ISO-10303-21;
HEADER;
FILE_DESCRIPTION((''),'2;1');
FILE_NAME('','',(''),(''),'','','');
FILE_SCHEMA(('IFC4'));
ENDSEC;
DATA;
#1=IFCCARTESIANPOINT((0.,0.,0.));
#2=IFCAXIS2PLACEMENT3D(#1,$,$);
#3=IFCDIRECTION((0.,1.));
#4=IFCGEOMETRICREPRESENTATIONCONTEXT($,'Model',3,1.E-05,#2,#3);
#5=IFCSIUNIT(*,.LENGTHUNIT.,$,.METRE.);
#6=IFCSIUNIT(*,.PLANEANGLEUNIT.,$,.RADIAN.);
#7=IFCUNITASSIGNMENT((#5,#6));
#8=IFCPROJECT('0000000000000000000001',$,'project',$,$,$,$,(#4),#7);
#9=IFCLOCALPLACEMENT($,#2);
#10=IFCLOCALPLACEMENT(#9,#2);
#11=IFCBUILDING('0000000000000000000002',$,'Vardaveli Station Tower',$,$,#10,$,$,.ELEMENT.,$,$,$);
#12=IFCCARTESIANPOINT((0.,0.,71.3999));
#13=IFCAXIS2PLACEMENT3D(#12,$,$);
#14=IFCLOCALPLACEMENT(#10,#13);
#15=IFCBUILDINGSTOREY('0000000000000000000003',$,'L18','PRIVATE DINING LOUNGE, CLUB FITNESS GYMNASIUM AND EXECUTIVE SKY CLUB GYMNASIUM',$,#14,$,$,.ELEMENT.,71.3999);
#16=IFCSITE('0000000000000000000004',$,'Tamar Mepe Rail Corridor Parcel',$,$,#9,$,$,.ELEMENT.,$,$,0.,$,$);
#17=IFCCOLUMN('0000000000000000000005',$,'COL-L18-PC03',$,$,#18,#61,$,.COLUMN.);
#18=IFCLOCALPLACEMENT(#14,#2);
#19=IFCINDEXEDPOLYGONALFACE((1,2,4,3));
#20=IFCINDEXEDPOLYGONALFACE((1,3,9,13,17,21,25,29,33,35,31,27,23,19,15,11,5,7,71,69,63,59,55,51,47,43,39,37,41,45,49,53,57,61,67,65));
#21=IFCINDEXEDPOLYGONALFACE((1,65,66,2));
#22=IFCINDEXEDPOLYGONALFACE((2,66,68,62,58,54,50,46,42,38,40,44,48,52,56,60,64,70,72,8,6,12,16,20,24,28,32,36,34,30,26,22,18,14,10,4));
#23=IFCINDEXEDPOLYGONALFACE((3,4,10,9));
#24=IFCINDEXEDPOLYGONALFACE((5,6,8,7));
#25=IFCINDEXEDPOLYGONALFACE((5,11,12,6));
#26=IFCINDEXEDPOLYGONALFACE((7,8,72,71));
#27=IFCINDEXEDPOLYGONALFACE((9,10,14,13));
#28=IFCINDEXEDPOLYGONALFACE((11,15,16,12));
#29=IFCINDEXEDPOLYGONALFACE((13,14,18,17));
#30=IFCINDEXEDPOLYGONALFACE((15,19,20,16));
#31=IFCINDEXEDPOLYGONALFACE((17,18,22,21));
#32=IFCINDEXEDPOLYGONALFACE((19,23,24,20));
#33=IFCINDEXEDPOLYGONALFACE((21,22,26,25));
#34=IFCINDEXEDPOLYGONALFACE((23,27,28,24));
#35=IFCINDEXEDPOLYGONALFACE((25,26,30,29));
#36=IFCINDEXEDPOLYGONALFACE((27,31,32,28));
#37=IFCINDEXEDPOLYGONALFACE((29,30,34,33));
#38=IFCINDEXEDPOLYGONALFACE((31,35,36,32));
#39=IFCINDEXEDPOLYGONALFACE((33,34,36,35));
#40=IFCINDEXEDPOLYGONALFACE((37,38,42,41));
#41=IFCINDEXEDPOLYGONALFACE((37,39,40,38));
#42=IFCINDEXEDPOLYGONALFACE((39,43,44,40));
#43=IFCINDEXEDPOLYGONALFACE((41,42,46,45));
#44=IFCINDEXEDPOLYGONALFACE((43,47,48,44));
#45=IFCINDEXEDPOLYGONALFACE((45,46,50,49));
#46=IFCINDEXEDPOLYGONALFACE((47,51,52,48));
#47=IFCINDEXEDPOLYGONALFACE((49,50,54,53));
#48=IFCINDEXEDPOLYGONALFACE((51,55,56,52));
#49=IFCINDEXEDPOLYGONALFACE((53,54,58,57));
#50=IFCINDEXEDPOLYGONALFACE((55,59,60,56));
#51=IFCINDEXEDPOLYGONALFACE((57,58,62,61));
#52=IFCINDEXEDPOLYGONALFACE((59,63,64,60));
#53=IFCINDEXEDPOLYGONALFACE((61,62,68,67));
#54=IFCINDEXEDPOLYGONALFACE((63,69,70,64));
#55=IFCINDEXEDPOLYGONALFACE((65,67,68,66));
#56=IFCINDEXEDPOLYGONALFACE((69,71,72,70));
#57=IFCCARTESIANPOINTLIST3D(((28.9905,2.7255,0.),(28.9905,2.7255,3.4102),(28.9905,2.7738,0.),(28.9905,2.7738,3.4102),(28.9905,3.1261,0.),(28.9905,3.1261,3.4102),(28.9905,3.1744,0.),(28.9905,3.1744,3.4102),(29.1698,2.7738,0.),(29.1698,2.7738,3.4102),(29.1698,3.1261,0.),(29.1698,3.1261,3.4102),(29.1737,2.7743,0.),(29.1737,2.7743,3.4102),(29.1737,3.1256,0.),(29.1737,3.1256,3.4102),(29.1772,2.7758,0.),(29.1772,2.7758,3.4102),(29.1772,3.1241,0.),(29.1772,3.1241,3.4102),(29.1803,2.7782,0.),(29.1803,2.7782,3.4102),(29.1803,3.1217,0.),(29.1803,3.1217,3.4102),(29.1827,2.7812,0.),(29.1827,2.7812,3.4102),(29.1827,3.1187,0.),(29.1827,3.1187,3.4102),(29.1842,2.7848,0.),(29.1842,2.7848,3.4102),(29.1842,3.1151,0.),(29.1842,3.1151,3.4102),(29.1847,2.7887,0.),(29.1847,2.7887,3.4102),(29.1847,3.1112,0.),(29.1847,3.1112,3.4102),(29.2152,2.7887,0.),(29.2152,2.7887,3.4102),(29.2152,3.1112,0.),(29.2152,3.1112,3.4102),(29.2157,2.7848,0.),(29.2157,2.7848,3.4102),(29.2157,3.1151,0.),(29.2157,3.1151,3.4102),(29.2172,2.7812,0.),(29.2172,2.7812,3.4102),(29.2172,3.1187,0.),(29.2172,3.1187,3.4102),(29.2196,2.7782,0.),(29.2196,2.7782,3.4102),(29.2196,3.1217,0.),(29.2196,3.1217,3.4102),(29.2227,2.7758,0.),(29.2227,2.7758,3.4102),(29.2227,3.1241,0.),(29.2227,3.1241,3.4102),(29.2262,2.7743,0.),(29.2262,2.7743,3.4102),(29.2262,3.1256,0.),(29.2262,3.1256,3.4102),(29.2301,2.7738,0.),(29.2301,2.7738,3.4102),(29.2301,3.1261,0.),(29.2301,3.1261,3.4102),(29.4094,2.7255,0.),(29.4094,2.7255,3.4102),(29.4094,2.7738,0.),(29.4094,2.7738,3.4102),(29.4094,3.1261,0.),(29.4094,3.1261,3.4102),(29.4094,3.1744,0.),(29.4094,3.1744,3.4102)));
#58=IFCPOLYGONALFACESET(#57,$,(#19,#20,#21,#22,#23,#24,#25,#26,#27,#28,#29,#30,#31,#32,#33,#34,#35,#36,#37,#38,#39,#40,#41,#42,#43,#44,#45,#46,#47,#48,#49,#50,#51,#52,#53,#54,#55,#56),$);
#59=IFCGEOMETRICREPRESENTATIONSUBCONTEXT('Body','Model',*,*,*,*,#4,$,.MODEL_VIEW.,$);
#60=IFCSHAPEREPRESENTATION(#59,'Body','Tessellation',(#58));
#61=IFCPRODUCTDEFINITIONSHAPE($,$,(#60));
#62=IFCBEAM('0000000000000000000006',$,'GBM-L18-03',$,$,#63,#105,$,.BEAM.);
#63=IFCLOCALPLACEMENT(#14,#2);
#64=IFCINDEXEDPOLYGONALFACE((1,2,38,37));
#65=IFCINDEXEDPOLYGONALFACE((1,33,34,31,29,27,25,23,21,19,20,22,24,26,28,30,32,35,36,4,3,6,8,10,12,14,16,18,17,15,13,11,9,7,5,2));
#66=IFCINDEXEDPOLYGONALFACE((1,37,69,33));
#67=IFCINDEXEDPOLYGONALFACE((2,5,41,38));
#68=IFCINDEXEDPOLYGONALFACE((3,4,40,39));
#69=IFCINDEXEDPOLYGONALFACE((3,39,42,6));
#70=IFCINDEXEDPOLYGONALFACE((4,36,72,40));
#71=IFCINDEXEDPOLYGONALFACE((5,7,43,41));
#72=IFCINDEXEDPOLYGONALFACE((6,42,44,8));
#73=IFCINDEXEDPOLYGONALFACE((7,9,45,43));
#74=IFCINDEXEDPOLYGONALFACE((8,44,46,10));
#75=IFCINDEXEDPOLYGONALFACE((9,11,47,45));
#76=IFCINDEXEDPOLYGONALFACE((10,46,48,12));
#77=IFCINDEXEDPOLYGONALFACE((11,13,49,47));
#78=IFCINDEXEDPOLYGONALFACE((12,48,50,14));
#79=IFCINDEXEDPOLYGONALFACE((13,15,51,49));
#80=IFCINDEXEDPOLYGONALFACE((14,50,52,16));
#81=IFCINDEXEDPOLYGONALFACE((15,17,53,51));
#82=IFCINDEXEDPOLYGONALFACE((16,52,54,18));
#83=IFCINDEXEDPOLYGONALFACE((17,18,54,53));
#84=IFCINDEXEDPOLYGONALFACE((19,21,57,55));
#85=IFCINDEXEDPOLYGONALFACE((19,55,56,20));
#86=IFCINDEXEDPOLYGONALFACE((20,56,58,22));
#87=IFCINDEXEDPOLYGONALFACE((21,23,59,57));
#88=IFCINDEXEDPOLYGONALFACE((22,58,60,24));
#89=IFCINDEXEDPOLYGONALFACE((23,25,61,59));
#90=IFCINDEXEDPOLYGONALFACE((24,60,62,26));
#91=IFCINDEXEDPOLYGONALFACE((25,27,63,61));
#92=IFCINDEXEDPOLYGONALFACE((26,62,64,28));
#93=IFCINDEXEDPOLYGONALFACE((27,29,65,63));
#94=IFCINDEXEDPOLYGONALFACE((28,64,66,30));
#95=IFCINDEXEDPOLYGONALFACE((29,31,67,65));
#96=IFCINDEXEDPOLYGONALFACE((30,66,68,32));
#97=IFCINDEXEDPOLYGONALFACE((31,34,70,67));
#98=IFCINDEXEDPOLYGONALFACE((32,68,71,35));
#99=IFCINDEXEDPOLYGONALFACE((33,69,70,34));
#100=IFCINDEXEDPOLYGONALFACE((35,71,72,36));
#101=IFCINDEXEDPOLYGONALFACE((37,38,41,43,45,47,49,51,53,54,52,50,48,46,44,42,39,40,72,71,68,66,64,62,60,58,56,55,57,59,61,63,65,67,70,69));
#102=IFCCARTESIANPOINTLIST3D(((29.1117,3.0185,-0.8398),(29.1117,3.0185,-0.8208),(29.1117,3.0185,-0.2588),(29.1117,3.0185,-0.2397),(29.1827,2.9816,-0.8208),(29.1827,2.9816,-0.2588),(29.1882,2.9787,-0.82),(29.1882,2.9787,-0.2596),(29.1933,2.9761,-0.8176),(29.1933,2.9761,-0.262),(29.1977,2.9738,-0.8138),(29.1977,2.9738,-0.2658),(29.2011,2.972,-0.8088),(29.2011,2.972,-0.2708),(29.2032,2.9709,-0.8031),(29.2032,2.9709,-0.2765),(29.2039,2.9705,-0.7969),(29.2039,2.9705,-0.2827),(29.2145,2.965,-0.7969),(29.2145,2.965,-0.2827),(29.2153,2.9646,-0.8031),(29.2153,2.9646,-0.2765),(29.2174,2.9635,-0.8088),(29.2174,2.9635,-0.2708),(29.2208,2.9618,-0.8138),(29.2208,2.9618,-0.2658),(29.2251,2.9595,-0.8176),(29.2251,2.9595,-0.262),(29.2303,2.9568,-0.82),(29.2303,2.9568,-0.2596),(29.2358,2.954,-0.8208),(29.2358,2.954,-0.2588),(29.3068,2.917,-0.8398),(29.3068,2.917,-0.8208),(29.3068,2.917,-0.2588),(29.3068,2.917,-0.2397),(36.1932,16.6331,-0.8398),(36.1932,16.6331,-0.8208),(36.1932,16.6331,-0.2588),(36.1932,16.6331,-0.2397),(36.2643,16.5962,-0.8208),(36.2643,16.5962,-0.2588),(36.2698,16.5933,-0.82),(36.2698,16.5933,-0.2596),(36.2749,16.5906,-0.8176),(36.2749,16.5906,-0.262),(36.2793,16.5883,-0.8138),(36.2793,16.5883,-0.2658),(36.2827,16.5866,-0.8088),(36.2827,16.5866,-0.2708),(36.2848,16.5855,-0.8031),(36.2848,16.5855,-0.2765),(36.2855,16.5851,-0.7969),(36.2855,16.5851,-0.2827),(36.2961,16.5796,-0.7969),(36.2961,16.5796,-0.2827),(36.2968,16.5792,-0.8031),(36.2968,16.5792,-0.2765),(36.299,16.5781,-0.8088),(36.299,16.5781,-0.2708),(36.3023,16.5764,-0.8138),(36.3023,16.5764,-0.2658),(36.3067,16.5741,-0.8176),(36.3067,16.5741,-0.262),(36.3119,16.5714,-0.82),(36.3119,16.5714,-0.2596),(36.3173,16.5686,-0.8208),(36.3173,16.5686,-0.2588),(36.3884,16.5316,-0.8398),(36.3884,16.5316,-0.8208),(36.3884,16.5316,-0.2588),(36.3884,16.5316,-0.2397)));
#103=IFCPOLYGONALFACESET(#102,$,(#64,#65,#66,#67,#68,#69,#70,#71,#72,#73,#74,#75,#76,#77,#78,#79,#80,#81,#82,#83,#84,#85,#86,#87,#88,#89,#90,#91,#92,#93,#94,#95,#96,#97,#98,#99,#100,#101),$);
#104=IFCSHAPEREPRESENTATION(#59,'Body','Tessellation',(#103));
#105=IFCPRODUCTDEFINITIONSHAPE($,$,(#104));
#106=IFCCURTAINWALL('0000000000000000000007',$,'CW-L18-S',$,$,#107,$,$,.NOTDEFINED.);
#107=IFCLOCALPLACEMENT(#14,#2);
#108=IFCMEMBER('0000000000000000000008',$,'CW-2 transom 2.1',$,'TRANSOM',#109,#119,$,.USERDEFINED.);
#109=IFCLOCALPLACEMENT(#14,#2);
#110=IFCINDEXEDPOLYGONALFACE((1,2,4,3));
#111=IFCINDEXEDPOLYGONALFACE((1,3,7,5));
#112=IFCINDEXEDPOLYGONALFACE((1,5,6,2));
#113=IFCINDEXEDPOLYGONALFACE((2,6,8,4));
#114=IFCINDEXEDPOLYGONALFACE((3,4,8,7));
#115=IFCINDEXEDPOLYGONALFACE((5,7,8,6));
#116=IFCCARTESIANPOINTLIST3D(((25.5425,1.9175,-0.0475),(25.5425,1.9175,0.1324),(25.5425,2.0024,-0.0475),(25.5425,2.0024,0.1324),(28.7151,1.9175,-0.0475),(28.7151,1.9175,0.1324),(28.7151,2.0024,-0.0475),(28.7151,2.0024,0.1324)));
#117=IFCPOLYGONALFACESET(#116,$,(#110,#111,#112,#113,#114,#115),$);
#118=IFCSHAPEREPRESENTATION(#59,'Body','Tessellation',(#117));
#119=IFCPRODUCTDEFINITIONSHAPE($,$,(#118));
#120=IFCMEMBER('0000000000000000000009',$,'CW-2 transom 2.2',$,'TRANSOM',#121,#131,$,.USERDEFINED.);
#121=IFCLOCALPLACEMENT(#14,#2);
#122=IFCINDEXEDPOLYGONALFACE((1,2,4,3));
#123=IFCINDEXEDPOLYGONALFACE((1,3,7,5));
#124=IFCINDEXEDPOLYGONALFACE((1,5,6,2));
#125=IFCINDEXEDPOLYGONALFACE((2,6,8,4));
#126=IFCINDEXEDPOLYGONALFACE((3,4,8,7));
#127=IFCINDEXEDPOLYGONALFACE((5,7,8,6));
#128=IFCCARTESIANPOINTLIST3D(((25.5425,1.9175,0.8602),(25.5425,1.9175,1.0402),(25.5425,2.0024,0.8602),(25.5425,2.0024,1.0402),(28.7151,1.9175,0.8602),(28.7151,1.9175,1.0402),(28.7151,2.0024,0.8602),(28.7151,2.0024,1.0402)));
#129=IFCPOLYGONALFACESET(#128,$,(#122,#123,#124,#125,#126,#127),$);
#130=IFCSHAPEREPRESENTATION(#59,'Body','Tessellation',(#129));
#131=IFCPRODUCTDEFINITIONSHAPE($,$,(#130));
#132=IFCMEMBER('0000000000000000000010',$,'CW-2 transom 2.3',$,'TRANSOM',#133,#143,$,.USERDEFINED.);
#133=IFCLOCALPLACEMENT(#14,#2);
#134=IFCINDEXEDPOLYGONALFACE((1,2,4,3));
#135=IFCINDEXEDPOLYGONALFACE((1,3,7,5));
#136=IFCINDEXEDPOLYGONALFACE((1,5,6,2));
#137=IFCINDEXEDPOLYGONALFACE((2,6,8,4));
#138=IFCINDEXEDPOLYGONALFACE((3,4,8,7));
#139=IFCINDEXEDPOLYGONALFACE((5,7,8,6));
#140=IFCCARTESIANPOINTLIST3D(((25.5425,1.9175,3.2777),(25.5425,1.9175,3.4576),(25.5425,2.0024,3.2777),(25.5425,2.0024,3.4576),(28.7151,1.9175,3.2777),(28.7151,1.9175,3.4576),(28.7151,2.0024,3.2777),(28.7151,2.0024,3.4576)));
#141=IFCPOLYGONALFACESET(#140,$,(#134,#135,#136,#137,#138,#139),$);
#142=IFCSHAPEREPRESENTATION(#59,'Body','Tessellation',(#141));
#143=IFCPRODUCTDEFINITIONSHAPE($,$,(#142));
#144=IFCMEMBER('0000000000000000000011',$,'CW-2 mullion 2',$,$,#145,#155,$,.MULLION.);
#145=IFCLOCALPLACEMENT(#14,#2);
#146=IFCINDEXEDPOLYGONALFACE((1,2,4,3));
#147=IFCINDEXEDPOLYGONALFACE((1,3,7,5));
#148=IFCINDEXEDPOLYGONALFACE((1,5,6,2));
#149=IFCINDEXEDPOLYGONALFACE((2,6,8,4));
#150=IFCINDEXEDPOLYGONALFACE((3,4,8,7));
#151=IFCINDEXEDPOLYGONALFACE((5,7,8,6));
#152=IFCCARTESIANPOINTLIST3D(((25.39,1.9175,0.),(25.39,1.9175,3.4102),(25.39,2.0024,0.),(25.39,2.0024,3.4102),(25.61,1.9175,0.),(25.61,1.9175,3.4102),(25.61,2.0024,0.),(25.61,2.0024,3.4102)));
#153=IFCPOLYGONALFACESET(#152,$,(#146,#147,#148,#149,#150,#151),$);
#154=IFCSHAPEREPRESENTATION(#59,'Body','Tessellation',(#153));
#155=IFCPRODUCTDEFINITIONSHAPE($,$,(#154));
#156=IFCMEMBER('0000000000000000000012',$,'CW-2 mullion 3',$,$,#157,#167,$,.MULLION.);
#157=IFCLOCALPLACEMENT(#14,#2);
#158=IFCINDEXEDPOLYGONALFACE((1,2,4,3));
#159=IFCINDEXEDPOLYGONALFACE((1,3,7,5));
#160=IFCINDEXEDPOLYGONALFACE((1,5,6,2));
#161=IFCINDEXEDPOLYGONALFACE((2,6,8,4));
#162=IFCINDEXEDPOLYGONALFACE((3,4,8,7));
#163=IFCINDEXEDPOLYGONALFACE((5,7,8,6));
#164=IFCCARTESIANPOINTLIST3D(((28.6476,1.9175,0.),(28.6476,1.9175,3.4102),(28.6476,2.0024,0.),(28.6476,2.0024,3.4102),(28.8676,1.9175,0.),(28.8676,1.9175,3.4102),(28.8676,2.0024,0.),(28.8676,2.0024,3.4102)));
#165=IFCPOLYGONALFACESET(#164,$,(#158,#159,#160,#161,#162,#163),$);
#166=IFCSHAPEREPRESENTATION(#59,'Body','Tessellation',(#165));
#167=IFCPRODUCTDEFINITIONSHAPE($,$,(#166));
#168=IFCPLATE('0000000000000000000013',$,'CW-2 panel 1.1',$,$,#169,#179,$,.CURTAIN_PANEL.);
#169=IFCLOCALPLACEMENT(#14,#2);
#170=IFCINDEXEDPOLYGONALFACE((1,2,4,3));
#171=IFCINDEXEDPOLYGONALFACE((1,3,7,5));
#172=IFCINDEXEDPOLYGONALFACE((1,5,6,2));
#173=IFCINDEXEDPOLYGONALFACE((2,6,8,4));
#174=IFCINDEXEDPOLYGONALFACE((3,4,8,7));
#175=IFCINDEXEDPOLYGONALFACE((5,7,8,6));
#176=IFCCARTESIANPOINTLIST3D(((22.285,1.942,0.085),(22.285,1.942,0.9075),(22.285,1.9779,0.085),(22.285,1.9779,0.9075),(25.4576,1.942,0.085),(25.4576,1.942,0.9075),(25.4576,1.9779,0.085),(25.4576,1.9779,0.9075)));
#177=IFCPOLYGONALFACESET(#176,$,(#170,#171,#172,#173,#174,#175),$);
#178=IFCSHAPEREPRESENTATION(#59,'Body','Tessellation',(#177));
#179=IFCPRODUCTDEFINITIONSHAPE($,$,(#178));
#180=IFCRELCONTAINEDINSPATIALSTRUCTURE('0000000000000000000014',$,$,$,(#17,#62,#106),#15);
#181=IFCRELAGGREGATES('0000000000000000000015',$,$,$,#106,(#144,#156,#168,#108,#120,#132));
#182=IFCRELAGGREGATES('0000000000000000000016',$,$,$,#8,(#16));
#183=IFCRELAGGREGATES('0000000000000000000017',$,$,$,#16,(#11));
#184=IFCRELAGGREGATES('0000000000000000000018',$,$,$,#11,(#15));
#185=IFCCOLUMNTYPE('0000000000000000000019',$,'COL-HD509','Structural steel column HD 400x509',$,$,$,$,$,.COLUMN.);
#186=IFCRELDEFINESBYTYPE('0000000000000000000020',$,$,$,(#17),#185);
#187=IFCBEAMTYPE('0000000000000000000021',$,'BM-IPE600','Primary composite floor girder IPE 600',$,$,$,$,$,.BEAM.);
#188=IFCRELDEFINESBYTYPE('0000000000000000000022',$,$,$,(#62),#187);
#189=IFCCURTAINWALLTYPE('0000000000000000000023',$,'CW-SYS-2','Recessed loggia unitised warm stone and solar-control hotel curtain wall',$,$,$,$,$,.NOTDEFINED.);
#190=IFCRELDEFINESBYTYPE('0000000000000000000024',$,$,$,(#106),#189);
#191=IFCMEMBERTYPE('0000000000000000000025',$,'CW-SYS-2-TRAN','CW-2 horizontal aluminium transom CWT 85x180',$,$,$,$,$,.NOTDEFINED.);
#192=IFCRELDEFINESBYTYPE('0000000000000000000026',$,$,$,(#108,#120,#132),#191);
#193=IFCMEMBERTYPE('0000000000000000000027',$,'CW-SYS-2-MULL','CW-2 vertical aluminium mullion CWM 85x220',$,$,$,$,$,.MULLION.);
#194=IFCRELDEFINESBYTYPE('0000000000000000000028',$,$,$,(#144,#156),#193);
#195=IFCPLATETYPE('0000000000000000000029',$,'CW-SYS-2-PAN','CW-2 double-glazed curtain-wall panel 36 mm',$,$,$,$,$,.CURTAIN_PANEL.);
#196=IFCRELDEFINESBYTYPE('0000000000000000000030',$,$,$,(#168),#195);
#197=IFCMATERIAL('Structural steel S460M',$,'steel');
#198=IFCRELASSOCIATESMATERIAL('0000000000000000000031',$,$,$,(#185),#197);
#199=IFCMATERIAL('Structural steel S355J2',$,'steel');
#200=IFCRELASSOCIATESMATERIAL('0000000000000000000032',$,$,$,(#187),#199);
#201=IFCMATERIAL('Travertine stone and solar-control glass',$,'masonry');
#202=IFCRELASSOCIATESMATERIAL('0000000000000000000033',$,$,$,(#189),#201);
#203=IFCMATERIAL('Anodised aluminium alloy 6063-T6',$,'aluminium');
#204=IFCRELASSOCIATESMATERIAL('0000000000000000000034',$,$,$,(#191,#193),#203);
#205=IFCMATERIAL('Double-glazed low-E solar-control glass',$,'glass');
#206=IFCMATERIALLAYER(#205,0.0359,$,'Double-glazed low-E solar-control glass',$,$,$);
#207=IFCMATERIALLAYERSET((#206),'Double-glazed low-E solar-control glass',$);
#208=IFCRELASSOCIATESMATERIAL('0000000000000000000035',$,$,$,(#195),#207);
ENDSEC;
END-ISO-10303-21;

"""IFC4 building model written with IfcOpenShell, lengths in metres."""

from ifc_helpers import new_model, si_unit, direction, frame, origin, origin_2d, place, context, subcontext, project, spatial, rectangle, i_section, extrude, source, transform, mapped, material, layer, layer_set, material_profile, profile_set, type_object, element, aggregate, save


model = new_model("IFC4")

# Units and contexts
model_context = context("Model", 3, precision=1e-05, world=origin(), true_north=direction((0.0, 1.0)))
body_context = subcontext(model_context, "Body", "Model", "MODEL_VIEW")
ifc_project = project(units=[si_unit("LENGTHUNIT", "METRE"), si_unit("PLANEANGLEUNIT", "RADIAN")], contexts=[model_context])

# Site, building, storey
site_placement = place(None, origin())
site = spatial("IfcSite", under=ifc_project, at=site_placement, Name="Tamar Mepe Rail Corridor Parcel", CompositionType="ELEMENT", RefElevation=0.0)
building_placement = place(site_placement, origin())
building = spatial("IfcBuilding", under=site, at=building_placement, Name="Vardaveli Station Tower", CompositionType="ELEMENT")
storey_placement = place(building_placement, frame((0.0, 0.0, 71.3999)))
storey = spatial("IfcBuildingStorey", under=building, at=storey_placement, Name="L18", Description="PRIVATE DINING LOUNGE, CLUB FITNESS GYMNASIUM AND EXECUTIVE SKY CLUB GYMNASIUM", CompositionType="ELEMENT", Elevation=71.3999)

# Column
ifc_material_1 = material(Name="Structural steel S460M", Category="steel")
ifc_material_profile_1 = material_profile(ifc_material_1, i_section(OverallWidth=0.4189, OverallDepth=0.449, WebThickness=0.0305, FlangeThickness=0.0483, FilletRadius=0.0149, at=origin_2d()), Name="HD 400x509")
ifc_profile_set_1 = profile_set([ifc_material_profile_1], Name="Structural steel S460M")
column_type = type_object("IfcColumnType", Name="COL-HD509", Description="Structural steel column HD 400x509", PredefinedType="COLUMN", material=ifc_profile_set_1)
shared_shape_1 = source(origin(), body_context, "Body", "SweptSolid", [
    extrude(i_section(OverallWidth=0.4189, OverallDepth=0.449, WebThickness=0.0305, FlangeThickness=0.0483, FilletRadius=0.0149, at=origin_2d()), origin(), (0.0, 0.0, 1.0), 3.4102),
])
column_placement = place(storey_placement, frame((29.2, 2.95, 0.0), z_axis=(0.0, 0.0, 1.0), x_axis=(1.0, 0.0, 0.0)))
element("IfcColumn", 1, at=column_placement, inside=storey, type_object=column_type, Name="COL-L18-PC03", PredefinedType="COLUMN", context=body_context, shape_type="MappedRepresentation", body=[
    mapped(shared_shape_1, transform((0.0, 0.0, 0.0), scale=1.0)),
])

# Beam
ifc_material_2 = material(Name="Structural steel S355J2", Category="steel")
ifc_material_profile_2 = material_profile(ifc_material_2, i_section(OverallWidth=0.22, OverallDepth=0.6001, WebThickness=0.012, FlangeThickness=0.019, FilletRadius=0.0239, at=origin_2d()), Name="IPE 600")
ifc_profile_set_2 = profile_set([ifc_material_profile_2], Name="Structural steel S355J2")
beam_type = type_object("IfcBeamType", Name="BM-IPE600", Description="Primary composite floor girder IPE 600", PredefinedType="BEAM", material=ifc_profile_set_2)
shared_shape_2 = source(origin(), body_context, "Body", "SweptSolid", [
    extrude(i_section(OverallWidth=0.22, OverallDepth=0.6001, WebThickness=0.012, FlangeThickness=0.019, FilletRadius=0.0239, at=origin_2d()), origin(), (0.0, 0.0, 1.0), 15.3462),
])
beam_placement = place(storey_placement, frame((29.2092, 2.9678, -0.5398), z_axis=(0.461455, 0.887163, 0.0), x_axis=(-0.887163, 0.461455, 0.0)))
element("IfcBeam", 2, at=beam_placement, inside=storey, type_object=beam_type, Name="GBM-L18-03", PredefinedType="BEAM", context=body_context, shape_type="MappedRepresentation", body=[
    mapped(shared_shape_2, transform((0.0, 0.0, 0.0), scale=1.0)),
])

# Curtain wall, members, plate
ifc_material_3 = material(Name="Travertine stone and solar-control glass", Category="masonry")
curtain_wall_type = type_object("IfcCurtainWallType", Name="CW-SYS-2", Description="Recessed loggia unitised warm stone and solar-control hotel curtain wall", PredefinedType="NOTDEFINED", material=ifc_material_3)
curtain_wall_placement = place(storey_placement, origin())
curtain_wall = element("IfcCurtainWall", 3, at=curtain_wall_placement, inside=storey, type_object=curtain_wall_type, Name="CW-L18-S", PredefinedType="NOTDEFINED")
ifc_material_4 = material(Name="Anodised aluminium alloy 6063-T6", Category="aluminium")
ifc_material_profile_3 = material_profile(ifc_material_4, rectangle(XDim=0.085, YDim=0.1799, at=origin_2d()), Name="CWT 85x180")
ifc_profile_set_3 = profile_set([ifc_material_profile_3], Name="Anodised aluminium alloy 6063-T6")
member_type_1 = type_object("IfcMemberType", Name="CW-SYS-2-TRAN", Description="CW-2 horizontal aluminium transom CWT 85x180", PredefinedType="NOTDEFINED", material=ifc_profile_set_3)
shared_shape_3 = source(origin(), body_context, "Body", "SweptSolid", [
    extrude(rectangle(XDim=0.085, YDim=0.1799, at=origin_2d()), origin(), (0.0, 0.0, 1.0), 3.1726),
])
member_1_placement = place(storey_placement, frame((25.5425, 1.96, 0.0425), z_axis=(1.0, 0.0, 0.0), x_axis=(0.0, 1.0, 0.0)))
member_1 = element("IfcMember", 4, at=member_1_placement, type_object=member_type_1, Name="CW-2 transom 2.1", ObjectType="TRANSOM", PredefinedType="USERDEFINED", context=body_context, shape_type="MappedRepresentation", body=[
    mapped(shared_shape_3, transform((0.0, 0.0, 0.0), scale=1.0)),
])
member_2_placement = place(storey_placement, frame((25.5425, 1.96, 0.9502), z_axis=(1.0, 0.0, 0.0), x_axis=(0.0, 1.0, 0.0)))
member_2 = element("IfcMember", 5, at=member_2_placement, type_object=member_type_1, Name="CW-2 transom 2.2", ObjectType="TRANSOM", PredefinedType="USERDEFINED", context=body_context, shape_type="MappedRepresentation", body=[
    mapped(shared_shape_3, transform((0.0, 0.0, 0.0), scale=1.0)),
])
member_3_placement = place(storey_placement, frame((25.5425, 1.96, 3.3677), z_axis=(1.0, 0.0, 0.0), x_axis=(0.0, 1.0, 0.0)))
member_3 = element("IfcMember", 6, at=member_3_placement, type_object=member_type_1, Name="CW-2 transom 2.3", ObjectType="TRANSOM", PredefinedType="USERDEFINED", context=body_context, shape_type="MappedRepresentation", body=[
    mapped(shared_shape_3, transform((0.0, 0.0, 0.0), scale=1.0)),
])
ifc_material_profile_4 = material_profile(ifc_material_4, rectangle(XDim=0.085, YDim=0.22, at=origin_2d()), Name="CWM 85x220")
ifc_profile_set_4 = profile_set([ifc_material_profile_4], Name="Anodised aluminium alloy 6063-T6")
member_type_2 = type_object("IfcMemberType", Name="CW-SYS-2-MULL", Description="CW-2 vertical aluminium mullion CWM 85x220", PredefinedType="MULLION", material=ifc_profile_set_4)
shared_shape_4 = source(origin(), body_context, "Body", "SweptSolid", [
    extrude(rectangle(XDim=0.085, YDim=0.22, at=origin_2d()), origin(), (0.0, 0.0, 1.0), 3.4102),
])
member_4_placement = place(storey_placement, frame((25.5, 1.96, 0.0), z_axis=(0.0, 0.0, 1.0), x_axis=(0.0, 1.0, 0.0)))
member_4 = element("IfcMember", 7, at=member_4_placement, type_object=member_type_2, Name="CW-2 mullion 2", PredefinedType="MULLION", context=body_context, shape_type="MappedRepresentation", body=[
    mapped(shared_shape_4, transform((0.0, 0.0, 0.0), scale=1.0)),
])
member_5_placement = place(storey_placement, frame((28.7576, 1.96, 0.0), z_axis=(0.0, 0.0, 1.0), x_axis=(0.0, 1.0, 0.0)))
member_5 = element("IfcMember", 8, at=member_5_placement, type_object=member_type_2, Name="CW-2 mullion 3", PredefinedType="MULLION", context=body_context, shape_type="MappedRepresentation", body=[
    mapped(shared_shape_4, transform((0.0, 0.0, 0.0), scale=1.0)),
])
ifc_material_5 = material(Name="Double-glazed low-E solar-control glass", Category="glass")
ifc_layer_1 = layer(ifc_material_5, 0.0359, Name="Double-glazed low-E solar-control glass")
ifc_layer_set_1 = layer_set([ifc_layer_1], Name="Double-glazed low-E solar-control glass")
plate_type = type_object("IfcPlateType", Name="CW-SYS-2-PAN", Description="CW-2 double-glazed curtain-wall panel 36 mm", PredefinedType="CURTAIN_PANEL", material=ifc_layer_set_1)
shared_shape_5 = source(origin(), body_context, "Body", "SweptSolid", [
    extrude(rectangle(XDim=3.1726, YDim=0.0359, at=origin_2d()), origin(), (0.0, 0.0, 1.0), 0.8225),
])
plate_1_placement = place(storey_placement, frame((23.8713, 1.96, 0.085), z_axis=(0.0, 0.0, 1.0), x_axis=(1.0, 0.0, 0.0)))
plate_1 = element("IfcPlate", 9, at=plate_1_placement, type_object=plate_type, Name="CW-2 panel 1.1", PredefinedType="CURTAIN_PANEL", context=body_context, shape_type="MappedRepresentation", body=[
    mapped(shared_shape_5, transform((0.0, 0.0, 0.0), scale=1.0)),
])
aggregate(curtain_wall, [member_4, member_5, plate_1, member_1, member_2, member_3])

save(model, "model.ifc")
